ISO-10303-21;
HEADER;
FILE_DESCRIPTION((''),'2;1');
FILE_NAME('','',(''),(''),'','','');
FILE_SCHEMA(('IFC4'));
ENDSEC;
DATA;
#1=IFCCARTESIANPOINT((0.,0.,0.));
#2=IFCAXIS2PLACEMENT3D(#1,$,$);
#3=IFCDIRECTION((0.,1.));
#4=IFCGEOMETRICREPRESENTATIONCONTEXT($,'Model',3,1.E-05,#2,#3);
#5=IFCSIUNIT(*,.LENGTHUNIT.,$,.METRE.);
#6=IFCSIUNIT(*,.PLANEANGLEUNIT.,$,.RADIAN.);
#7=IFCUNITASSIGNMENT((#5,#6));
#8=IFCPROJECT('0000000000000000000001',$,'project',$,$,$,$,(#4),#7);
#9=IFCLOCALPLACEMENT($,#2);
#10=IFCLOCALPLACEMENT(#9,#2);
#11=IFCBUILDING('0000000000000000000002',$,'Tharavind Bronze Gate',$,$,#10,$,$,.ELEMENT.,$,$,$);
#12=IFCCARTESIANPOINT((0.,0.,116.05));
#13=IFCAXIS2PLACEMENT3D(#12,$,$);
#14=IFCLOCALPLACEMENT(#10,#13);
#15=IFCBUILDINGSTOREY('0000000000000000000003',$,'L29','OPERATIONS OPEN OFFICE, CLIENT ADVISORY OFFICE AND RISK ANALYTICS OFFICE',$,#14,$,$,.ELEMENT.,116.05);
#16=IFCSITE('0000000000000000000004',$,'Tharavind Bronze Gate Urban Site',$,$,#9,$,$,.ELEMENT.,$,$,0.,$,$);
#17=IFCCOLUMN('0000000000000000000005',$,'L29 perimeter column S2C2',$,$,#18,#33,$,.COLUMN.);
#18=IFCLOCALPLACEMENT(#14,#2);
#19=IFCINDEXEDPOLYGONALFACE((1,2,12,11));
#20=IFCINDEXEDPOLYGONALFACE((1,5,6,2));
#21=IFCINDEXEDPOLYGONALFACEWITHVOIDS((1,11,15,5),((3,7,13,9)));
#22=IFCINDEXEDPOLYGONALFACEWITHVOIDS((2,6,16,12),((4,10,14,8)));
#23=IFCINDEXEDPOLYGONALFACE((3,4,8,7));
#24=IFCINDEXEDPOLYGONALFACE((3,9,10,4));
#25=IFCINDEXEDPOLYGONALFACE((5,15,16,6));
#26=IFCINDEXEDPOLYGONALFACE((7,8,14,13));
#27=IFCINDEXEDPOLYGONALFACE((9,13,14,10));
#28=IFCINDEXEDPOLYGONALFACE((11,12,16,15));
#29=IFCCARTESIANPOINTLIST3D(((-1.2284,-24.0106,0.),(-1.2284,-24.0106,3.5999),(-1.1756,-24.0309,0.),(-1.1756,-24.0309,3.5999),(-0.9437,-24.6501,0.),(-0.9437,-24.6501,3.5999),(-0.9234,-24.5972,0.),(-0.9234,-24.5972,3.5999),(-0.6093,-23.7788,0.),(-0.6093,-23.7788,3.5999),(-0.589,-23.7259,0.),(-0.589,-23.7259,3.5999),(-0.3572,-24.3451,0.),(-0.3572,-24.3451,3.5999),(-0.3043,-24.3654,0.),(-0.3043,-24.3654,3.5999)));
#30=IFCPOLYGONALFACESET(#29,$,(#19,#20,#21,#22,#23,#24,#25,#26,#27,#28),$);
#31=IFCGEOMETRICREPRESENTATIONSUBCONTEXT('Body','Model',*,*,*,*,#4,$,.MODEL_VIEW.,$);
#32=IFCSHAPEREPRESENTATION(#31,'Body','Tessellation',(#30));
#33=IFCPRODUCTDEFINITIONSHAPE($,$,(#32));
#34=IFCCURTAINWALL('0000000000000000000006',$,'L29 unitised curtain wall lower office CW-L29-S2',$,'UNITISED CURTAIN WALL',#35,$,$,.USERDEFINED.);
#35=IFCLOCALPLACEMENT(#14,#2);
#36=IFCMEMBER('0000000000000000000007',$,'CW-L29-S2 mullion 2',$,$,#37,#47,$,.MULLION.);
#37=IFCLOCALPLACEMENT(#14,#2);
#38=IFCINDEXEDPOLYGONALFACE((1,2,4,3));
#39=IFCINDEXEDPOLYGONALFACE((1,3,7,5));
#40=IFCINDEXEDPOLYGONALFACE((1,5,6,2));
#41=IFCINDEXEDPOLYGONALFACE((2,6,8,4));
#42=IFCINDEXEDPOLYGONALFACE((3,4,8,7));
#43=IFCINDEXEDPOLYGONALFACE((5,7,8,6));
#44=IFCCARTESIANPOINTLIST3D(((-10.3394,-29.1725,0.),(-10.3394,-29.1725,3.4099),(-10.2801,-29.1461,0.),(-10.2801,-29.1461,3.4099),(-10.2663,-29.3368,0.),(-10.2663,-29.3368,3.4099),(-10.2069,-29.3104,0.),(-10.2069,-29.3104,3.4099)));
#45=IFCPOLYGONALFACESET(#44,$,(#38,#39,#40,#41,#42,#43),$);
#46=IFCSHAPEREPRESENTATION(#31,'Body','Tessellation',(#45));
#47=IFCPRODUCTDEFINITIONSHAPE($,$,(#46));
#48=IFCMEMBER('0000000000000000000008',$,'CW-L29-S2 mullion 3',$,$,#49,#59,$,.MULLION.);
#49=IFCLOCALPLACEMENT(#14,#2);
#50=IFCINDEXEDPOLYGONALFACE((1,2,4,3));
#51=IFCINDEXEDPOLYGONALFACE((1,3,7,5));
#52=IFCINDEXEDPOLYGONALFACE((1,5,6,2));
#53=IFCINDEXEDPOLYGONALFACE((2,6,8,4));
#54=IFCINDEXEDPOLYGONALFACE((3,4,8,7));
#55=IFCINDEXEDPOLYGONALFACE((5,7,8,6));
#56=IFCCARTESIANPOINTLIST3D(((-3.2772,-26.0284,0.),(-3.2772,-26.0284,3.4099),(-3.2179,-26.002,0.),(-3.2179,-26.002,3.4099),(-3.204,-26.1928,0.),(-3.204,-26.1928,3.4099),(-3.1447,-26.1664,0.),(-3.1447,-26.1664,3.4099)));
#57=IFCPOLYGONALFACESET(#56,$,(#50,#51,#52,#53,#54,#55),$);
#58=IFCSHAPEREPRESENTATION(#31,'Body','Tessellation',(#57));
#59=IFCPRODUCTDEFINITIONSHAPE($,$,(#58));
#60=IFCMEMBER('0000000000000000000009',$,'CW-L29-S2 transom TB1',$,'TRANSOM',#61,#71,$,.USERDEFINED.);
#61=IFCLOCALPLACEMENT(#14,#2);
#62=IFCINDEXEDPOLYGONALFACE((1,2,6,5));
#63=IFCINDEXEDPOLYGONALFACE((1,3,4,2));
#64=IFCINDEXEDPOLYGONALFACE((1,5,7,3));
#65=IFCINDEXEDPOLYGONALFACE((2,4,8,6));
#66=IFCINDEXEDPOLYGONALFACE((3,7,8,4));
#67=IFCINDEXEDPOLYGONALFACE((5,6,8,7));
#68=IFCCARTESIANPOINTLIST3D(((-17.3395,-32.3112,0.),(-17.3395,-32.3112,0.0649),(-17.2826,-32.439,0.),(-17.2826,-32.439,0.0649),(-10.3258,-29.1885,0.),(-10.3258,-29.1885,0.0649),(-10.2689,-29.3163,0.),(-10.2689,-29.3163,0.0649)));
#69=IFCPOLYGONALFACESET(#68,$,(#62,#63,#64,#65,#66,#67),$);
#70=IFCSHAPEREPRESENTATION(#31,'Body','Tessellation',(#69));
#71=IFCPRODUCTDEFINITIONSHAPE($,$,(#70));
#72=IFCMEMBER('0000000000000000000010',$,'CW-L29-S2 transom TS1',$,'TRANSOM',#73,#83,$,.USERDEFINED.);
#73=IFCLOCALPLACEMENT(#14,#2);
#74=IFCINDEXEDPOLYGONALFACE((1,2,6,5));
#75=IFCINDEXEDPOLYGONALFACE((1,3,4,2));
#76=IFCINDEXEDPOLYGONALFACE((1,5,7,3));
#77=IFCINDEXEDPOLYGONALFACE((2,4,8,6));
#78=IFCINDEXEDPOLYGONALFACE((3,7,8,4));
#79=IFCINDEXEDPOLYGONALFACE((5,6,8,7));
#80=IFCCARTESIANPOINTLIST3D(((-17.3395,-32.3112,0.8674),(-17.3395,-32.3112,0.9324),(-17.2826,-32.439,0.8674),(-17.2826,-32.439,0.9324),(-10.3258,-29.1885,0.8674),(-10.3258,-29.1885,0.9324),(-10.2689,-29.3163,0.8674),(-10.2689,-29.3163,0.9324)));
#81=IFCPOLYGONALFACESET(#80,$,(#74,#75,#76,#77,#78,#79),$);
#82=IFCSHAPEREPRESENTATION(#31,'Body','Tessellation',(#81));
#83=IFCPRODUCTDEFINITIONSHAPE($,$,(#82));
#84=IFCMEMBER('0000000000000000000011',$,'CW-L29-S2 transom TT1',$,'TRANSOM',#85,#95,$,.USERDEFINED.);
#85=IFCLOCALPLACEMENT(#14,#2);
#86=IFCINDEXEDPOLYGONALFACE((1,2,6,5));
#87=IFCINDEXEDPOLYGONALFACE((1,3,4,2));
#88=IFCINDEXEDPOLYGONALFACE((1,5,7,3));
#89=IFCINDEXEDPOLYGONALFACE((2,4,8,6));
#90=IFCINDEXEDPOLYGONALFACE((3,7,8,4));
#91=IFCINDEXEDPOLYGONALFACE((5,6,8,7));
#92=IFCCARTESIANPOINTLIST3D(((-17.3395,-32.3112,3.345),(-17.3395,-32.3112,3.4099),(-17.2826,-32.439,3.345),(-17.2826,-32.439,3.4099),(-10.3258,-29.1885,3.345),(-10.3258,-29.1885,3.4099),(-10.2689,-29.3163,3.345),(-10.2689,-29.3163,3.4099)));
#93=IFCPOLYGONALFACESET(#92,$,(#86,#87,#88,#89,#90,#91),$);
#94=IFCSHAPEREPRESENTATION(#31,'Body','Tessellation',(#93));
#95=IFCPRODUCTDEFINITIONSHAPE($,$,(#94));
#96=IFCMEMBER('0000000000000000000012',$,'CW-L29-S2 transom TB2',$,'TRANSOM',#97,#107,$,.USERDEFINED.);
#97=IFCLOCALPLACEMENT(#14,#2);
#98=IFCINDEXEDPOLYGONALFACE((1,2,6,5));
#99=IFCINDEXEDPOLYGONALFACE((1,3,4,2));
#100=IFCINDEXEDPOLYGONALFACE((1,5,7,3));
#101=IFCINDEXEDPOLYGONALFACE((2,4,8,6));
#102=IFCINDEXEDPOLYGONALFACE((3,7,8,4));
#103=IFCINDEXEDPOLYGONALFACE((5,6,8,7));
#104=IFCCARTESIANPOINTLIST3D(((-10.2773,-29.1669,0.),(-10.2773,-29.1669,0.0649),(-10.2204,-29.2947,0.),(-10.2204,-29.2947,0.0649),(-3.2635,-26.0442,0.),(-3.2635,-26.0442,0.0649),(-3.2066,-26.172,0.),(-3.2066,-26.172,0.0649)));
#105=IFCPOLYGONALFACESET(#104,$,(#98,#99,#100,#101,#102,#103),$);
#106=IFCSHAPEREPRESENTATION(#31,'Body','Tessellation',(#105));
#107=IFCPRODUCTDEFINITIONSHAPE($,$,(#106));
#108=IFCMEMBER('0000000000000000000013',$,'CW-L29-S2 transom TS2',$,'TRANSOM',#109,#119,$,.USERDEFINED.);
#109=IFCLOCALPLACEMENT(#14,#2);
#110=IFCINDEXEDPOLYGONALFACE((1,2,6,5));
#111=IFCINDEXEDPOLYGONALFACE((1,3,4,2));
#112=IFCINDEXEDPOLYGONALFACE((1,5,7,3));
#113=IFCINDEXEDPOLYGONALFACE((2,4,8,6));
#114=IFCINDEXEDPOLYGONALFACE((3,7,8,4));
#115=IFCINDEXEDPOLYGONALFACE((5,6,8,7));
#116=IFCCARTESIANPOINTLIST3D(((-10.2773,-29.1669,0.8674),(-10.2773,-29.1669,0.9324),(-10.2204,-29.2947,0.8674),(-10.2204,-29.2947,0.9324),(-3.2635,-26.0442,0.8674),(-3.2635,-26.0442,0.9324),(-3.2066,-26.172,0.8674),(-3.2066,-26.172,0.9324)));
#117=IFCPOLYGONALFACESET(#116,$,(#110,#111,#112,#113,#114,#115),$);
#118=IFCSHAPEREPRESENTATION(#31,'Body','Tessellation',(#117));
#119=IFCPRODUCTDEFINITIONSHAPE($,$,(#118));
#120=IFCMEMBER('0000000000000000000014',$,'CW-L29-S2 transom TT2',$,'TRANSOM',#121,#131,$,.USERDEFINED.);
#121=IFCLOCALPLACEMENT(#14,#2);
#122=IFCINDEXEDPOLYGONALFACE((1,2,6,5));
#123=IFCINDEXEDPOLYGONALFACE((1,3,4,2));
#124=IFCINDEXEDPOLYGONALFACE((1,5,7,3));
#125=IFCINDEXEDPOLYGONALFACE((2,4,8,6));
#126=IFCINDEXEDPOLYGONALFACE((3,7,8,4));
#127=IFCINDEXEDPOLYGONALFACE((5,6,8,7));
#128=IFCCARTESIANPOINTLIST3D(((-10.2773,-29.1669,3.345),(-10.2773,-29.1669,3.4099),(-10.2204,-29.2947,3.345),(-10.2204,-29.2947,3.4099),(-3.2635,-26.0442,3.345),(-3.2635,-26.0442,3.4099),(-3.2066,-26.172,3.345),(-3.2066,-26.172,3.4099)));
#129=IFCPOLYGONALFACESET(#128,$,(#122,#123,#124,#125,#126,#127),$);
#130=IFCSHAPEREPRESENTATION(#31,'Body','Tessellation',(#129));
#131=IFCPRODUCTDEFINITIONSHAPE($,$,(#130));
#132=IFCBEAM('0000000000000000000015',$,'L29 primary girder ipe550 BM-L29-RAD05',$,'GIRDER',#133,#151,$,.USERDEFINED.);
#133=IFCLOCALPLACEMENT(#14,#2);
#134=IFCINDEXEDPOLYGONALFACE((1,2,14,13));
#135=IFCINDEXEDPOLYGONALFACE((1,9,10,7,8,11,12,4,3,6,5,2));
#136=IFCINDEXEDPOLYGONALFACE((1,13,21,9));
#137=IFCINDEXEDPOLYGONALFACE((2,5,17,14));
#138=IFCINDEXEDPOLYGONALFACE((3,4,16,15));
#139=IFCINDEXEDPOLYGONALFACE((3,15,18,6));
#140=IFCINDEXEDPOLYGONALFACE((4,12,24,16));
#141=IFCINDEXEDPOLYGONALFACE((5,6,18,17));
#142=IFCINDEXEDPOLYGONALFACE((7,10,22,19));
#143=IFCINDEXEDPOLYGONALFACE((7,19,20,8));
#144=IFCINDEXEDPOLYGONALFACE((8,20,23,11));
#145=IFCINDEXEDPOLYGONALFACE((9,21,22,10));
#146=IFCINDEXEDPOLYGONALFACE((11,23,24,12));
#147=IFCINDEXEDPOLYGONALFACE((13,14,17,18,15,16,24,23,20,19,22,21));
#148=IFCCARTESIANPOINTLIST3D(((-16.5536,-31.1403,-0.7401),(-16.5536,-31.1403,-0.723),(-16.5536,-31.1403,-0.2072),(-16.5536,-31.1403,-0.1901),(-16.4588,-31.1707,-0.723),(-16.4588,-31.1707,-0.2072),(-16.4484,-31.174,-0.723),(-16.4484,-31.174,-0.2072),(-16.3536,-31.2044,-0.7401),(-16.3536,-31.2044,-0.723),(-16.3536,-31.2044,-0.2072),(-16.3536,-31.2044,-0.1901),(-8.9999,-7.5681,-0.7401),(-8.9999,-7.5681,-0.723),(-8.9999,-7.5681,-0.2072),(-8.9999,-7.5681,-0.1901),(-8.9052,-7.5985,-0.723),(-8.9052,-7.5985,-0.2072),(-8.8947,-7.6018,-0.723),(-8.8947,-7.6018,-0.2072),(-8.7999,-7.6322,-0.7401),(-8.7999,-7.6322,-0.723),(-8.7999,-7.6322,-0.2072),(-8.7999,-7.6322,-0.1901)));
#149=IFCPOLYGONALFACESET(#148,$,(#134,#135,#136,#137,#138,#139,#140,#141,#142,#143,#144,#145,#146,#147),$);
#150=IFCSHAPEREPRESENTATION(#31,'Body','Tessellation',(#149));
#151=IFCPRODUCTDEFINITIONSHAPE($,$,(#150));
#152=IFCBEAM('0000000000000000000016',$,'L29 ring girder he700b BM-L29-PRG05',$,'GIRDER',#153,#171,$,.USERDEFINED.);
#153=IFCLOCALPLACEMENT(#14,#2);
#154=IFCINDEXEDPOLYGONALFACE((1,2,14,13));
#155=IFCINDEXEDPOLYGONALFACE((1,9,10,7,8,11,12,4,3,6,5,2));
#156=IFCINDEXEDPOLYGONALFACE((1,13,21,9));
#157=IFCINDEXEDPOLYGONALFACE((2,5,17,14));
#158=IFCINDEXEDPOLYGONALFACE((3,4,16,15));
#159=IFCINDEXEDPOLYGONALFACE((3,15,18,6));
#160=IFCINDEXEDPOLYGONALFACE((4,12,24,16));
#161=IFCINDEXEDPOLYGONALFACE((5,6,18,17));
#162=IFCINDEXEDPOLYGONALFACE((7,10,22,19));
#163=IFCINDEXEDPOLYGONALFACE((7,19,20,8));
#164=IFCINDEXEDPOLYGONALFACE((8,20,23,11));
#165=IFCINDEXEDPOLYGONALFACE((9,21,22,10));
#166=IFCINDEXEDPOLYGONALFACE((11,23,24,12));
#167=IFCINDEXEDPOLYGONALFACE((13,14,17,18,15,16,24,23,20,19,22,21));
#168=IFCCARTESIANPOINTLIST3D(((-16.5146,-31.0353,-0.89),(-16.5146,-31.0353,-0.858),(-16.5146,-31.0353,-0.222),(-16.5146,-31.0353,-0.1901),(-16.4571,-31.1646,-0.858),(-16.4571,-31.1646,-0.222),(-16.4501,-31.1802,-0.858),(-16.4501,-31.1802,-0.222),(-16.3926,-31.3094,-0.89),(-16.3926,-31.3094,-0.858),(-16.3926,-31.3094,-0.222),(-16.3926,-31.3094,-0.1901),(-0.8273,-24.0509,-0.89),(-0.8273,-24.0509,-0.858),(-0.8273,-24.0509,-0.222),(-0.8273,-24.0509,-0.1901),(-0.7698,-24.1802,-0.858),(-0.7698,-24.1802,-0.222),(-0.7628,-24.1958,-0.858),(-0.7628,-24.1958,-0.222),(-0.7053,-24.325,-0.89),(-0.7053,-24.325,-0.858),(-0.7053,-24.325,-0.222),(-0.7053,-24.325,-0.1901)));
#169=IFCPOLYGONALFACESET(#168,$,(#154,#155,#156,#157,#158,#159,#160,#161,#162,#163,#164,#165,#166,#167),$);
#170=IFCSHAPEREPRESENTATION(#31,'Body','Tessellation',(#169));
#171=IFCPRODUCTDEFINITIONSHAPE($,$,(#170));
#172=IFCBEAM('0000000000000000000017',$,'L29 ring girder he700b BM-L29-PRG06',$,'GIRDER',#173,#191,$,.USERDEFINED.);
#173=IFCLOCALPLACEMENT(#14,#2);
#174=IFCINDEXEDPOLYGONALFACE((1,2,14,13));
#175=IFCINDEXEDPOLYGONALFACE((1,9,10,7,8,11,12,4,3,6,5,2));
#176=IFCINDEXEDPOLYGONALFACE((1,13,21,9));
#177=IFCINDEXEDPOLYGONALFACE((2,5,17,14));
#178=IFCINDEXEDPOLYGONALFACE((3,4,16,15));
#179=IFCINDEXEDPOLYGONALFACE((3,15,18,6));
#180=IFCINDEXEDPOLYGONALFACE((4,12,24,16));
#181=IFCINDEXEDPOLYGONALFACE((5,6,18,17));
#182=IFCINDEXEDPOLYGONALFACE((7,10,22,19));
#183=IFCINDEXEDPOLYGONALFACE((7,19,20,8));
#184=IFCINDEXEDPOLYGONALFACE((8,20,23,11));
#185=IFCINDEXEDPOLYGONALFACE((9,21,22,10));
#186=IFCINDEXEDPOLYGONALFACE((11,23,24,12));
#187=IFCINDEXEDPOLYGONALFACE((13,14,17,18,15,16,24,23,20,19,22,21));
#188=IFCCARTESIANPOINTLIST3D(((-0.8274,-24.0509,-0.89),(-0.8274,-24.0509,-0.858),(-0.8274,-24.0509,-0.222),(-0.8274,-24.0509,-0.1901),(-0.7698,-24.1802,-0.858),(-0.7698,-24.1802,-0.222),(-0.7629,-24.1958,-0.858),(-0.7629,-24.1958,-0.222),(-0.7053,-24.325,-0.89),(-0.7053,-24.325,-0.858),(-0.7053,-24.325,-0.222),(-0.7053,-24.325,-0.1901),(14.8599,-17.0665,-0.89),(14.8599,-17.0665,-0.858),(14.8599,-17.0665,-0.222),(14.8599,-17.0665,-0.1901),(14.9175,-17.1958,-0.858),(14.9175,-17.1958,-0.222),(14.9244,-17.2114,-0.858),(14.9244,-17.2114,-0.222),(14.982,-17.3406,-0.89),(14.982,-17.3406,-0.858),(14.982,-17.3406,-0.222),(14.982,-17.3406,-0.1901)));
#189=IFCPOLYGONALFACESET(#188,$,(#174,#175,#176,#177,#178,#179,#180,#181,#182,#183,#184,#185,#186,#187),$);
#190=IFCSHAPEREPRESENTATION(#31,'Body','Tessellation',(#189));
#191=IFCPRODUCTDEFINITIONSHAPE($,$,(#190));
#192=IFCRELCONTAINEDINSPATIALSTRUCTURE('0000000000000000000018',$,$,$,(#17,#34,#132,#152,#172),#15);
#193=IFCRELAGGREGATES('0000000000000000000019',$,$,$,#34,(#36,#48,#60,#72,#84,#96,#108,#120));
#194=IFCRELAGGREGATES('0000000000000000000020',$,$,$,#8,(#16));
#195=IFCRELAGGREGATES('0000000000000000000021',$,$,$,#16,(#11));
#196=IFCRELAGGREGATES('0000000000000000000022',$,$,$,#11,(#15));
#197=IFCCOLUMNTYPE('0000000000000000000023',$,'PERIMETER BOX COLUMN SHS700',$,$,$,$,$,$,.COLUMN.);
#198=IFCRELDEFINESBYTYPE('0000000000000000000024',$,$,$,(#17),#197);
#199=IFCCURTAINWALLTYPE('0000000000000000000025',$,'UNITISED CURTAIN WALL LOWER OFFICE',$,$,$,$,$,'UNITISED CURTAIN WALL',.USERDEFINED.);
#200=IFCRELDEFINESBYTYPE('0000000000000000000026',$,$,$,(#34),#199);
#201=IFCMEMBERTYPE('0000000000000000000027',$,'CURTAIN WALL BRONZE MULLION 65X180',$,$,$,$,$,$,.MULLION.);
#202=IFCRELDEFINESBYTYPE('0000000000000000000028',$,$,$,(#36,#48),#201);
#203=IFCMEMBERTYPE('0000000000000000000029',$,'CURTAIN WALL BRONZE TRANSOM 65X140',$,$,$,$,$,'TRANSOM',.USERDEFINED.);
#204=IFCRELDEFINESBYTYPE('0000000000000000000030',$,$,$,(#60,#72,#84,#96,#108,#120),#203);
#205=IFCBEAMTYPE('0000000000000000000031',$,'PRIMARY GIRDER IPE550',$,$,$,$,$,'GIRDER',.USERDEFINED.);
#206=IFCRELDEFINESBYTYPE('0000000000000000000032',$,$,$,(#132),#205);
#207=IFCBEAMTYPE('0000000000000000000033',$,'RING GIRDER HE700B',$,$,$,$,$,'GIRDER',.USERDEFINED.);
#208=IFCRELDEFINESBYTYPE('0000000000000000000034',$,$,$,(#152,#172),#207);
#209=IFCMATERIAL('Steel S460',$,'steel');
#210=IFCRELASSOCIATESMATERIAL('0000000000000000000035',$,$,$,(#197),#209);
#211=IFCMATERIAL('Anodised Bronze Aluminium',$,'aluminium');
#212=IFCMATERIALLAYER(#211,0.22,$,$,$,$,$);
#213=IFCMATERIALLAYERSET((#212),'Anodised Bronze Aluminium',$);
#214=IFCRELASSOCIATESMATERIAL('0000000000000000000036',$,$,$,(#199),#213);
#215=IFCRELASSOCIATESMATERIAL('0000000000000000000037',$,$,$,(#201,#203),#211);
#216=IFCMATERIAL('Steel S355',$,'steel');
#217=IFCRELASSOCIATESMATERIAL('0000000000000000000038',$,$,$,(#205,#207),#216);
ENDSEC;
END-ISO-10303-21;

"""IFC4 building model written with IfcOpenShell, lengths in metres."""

from ifc_helpers import new_model, si_unit, direction, frame, origin, origin_2d, place, context, subcontext, project, spatial, rectangle, hollow_rectangle, i_section, extrude, material, layer, layer_set, material_profile, profile_set, type_object, element, aggregate, save


model = new_model("IFC4")

# Units and contexts
model_context = context("Model", 3, precision=1e-05, world=origin(), true_north=direction((0.0, 1.0)))
body_context = subcontext(model_context, "Body", "Model", "MODEL_VIEW")
ifc_project = project(units=[si_unit("LENGTHUNIT", "METRE"), si_unit("PLANEANGLEUNIT", "RADIAN")], contexts=[model_context])

# Site, building, storey
site_placement = place(None, origin())
site = spatial("IfcSite", under=ifc_project, at=site_placement, Name="Tharavind Bronze Gate Urban Site", CompositionType="ELEMENT", RefElevation=0.0)
building_placement = place(site_placement, origin())
building = spatial("IfcBuilding", under=site, at=building_placement, Name="Tharavind Bronze Gate", CompositionType="ELEMENT")
storey_placement = place(building_placement, frame((0.0, 0.0, 116.05)))
storey = spatial("IfcBuildingStorey", under=building, at=storey_placement, Name="L29", Description="OPERATIONS OPEN OFFICE, CLIENT ADVISORY OFFICE AND RISK ANALYTICS OFFICE", CompositionType="ELEMENT", Elevation=116.05)

# Column
ifc_material_1 = material(Name="Steel S460", Category="steel")
ifc_material_profile_1 = material_profile(ifc_material_1, hollow_rectangle(XDim=0.7, YDim=0.7, WallThickness=0.04, at=origin_2d()), Name="SHS700X40")
ifc_profile_set_1 = profile_set([ifc_material_profile_1], Name="Steel S460")
column_type = type_object("IfcColumnType", Name="PERIMETER BOX COLUMN SHS700", PredefinedType="COLUMN", material=ifc_profile_set_1)
column_placement = place(storey_placement, frame((-0.7664, -24.188, 0.0), z_axis=(0.0, 0.0, 1.0), x_axis=(0.913545, 0.406737, 0.0)))
element("IfcColumn", 1, at=column_placement, inside=storey, type_object=column_type, Name="L29 perimeter column S2C2", PredefinedType="COLUMN", context=body_context, shape_type="SweptSolid", body=[
    extrude(hollow_rectangle(XDim=0.7, YDim=0.7, WallThickness=0.04, at=origin_2d()), origin(), (0.0, 0.0, 1.0), 3.5999),
])

# Curtain wall, members
ifc_material_2 = material(Name="Anodised Bronze Aluminium", Category="aluminium")
ifc_layer_1 = layer(ifc_material_2, 0.22)
ifc_layer_set_1 = layer_set([ifc_layer_1], Name="Anodised Bronze Aluminium")
curtain_wall_type = type_object("IfcCurtainWallType", Name="UNITISED CURTAIN WALL LOWER OFFICE", ElementType="UNITISED CURTAIN WALL", PredefinedType="USERDEFINED", material=ifc_layer_set_1)
curtain_wall_placement = place(storey_placement, origin())
curtain_wall = element("IfcCurtainWall", 2, at=curtain_wall_placement, inside=storey, type_object=curtain_wall_type, Name="L29 unitised curtain wall lower office CW-L29-S2", ObjectType="UNITISED CURTAIN WALL", PredefinedType="USERDEFINED")
member_type_1 = type_object("IfcMemberType", Name="CURTAIN WALL BRONZE MULLION 65X180", PredefinedType="MULLION", material=ifc_material_2)
member_1_placement = place(storey_placement, frame((-10.2732, -29.2415, 0.0), z_axis=(0.0, 0.0, 1.0), x_axis=(0.913545, 0.406737, 0.0)))
member_1 = element("IfcMember", 3, at=member_1_placement, type_object=member_type_1, Name="CW-L29-S2 mullion 2", PredefinedType="MULLION", context=body_context, shape_type="SweptSolid", body=[
    extrude(rectangle(XDim=0.0649, YDim=0.1799, at=origin_2d()), origin(), (0.0, 0.0, 1.0), 3.4099),
])
member_2_placement = place(storey_placement, frame((-3.2109, -26.0974, 0.0), z_axis=(0.0, 0.0, 1.0), x_axis=(0.913545, 0.406737, 0.0)))
member_2 = element("IfcMember", 4, at=member_2_placement, type_object=member_type_1, Name="CW-L29-S2 mullion 3", PredefinedType="MULLION", context=body_context, shape_type="SweptSolid", body=[
    extrude(rectangle(XDim=0.0649, YDim=0.1799, at=origin_2d()), origin(), (0.0, 0.0, 1.0), 3.4099),
])
member_type_2 = type_object("IfcMemberType", Name="CURTAIN WALL BRONZE TRANSOM 65X140", ElementType="TRANSOM", PredefinedType="USERDEFINED", material=ifc_material_2)
member_3_placement = place(storey_placement, frame((-13.8042, -30.8137, 0.0), z_axis=(0.0, 0.0, 1.0), x_axis=(0.913545, 0.406737, 0.0)))
member_3 = element("IfcMember", 5, at=member_3_placement, type_object=member_type_2, Name="CW-L29-S2 transom TB1", ObjectType="TRANSOM", PredefinedType="USERDEFINED", context=body_context, shape_type="SweptSolid", body=[
    extrude(rectangle(XDim=7.6775, YDim=0.1399, at=origin_2d()), origin(), (0.0, 0.0, 1.0), 0.0649),
])
member_4_placement = place(storey_placement, frame((-13.8042, -30.8137, 0.8674), z_axis=(0.0, 0.0, 1.0), x_axis=(0.913545, 0.406737, 0.0)))
member_4 = element("IfcMember", 6, at=member_4_placement, type_object=member_type_2, Name="CW-L29-S2 transom TS1", ObjectType="TRANSOM", PredefinedType="USERDEFINED", context=body_context, shape_type="SweptSolid", body=[
    extrude(rectangle(XDim=7.6775, YDim=0.1399, at=origin_2d()), origin(), (0.0, 0.0, 1.0), 0.0649),
])
member_5_placement = place(storey_placement, frame((-13.8042, -30.8137, 3.345), z_axis=(0.0, 0.0, 1.0), x_axis=(0.913545, 0.406737, 0.0)))
member_5 = element("IfcMember", 7, at=member_5_placement, type_object=member_type_2, Name="CW-L29-S2 transom TT1", ObjectType="TRANSOM", PredefinedType="USERDEFINED", context=body_context, shape_type="SweptSolid", body=[
    extrude(rectangle(XDim=7.6775, YDim=0.1399, at=origin_2d()), origin(), (0.0, 0.0, 1.0), 0.0649),
])
member_6_placement = place(storey_placement, frame((-6.7419, -27.6694, 0.0), z_axis=(0.0, 0.0, 1.0), x_axis=(0.913545, 0.406737, 0.0)))
member_6 = element("IfcMember", 8, at=member_6_placement, type_object=member_type_2, Name="CW-L29-S2 transom TB2", ObjectType="TRANSOM", PredefinedType="USERDEFINED", context=body_context, shape_type="SweptSolid", body=[
    extrude(rectangle(XDim=7.6775, YDim=0.1399, at=origin_2d()), origin(), (0.0, 0.0, 1.0), 0.0649),
])
member_7_placement = place(storey_placement, frame((-6.7419, -27.6694, 0.8674), z_axis=(0.0, 0.0, 1.0), x_axis=(0.913545, 0.406737, 0.0)))
member_7 = element("IfcMember", 9, at=member_7_placement, type_object=member_type_2, Name="CW-L29-S2 transom TS2", ObjectType="TRANSOM", PredefinedType="USERDEFINED", context=body_context, shape_type="SweptSolid", body=[
    extrude(rectangle(XDim=7.6775, YDim=0.1399, at=origin_2d()), origin(), (0.0, 0.0, 1.0), 0.0649),
])
member_8_placement = place(storey_placement, frame((-6.7419, -27.6694, 3.345), z_axis=(0.0, 0.0, 1.0), x_axis=(0.913545, 0.406737, 0.0)))
member_8 = element("IfcMember", 10, at=member_8_placement, type_object=member_type_2, Name="CW-L29-S2 transom TT2", ObjectType="TRANSOM", PredefinedType="USERDEFINED", context=body_context, shape_type="SweptSolid", body=[
    extrude(rectangle(XDim=7.6775, YDim=0.1399, at=origin_2d()), origin(), (0.0, 0.0, 1.0), 0.0649),
])

# Beams
ifc_material_3 = material(Name="Steel S355", Category="steel")
ifc_material_profile_2 = material_profile(ifc_material_3, i_section(OverallWidth=0.21, OverallDepth=0.55, WebThickness=0.011, FlangeThickness=0.0171, at=origin_2d()), Name="IPE550")
ifc_profile_set_2 = profile_set([ifc_material_profile_2], Name="Steel S355")
beam_type_1 = type_object("IfcBeamType", Name="PRIMARY GIRDER IPE550", ElementType="GIRDER", PredefinedType="USERDEFINED", material=ifc_profile_set_2)
beam_1_placement = place(storey_placement, frame((-16.4536, -31.1724, -0.4651), z_axis=(0.305164, 0.9523, 0.0), x_axis=(-0.9523, 0.305164, 0.0)))
element("IfcBeam", 11, at=beam_1_placement, inside=storey, type_object=beam_type_1, Name="L29 primary girder ipe550 BM-L29-RAD05", ObjectType="GIRDER", PredefinedType="USERDEFINED", context=body_context, shape_type="SweptSolid", body=[
    extrude(i_section(OverallWidth=0.21, OverallDepth=0.55, WebThickness=0.011, FlangeThickness=0.0171, at=origin_2d()), origin(), (0.0, 0.0, 1.0), 24.7529),
])
ifc_material_profile_3 = material_profile(ifc_material_3, i_section(OverallWidth=0.3, OverallDepth=0.7, WebThickness=0.0171, FlangeThickness=0.032, at=origin_2d()), Name="HE700B")
ifc_profile_set_3 = profile_set([ifc_material_profile_3], Name="Steel S355")
beam_type_2 = type_object("IfcBeamType", Name="RING GIRDER HE700B", ElementType="GIRDER", PredefinedType="USERDEFINED", material=ifc_profile_set_3)
for number, where, z_axis, x_axis, name in (
    (12, (-16.4536, -31.1724, -0.54), (0.913546, 0.406735, 0.0), (-0.406735, 0.913546, 0.0), "L29 ring girder he700b BM-L29-PRG05"),
    (13, (-0.7664, -24.188, -0.54), (0.913546, 0.406735, 0.0), (-0.406735, 0.913546, 0.0), "L29 ring girder he700b BM-L29-PRG06"),
):
    element("IfcBeam", number, at=place(storey_placement, frame(where, z_axis=z_axis, x_axis=x_axis)), inside=storey, type_object=beam_type_2, Name=name, ObjectType="GIRDER", PredefinedType="USERDEFINED", context=body_context, shape_type="SweptSolid", body=[
        extrude(i_section(OverallWidth=0.3, OverallDepth=0.7, WebThickness=0.0171, FlangeThickness=0.032, at=origin_2d()), origin(), (0.0, 0.0, 1.0), 17.1719),
    ])

aggregate(curtain_wall, [member_1, member_2, member_3, member_4, member_5, member_6, member_7, member_8])

save(model, "model.ifc")
